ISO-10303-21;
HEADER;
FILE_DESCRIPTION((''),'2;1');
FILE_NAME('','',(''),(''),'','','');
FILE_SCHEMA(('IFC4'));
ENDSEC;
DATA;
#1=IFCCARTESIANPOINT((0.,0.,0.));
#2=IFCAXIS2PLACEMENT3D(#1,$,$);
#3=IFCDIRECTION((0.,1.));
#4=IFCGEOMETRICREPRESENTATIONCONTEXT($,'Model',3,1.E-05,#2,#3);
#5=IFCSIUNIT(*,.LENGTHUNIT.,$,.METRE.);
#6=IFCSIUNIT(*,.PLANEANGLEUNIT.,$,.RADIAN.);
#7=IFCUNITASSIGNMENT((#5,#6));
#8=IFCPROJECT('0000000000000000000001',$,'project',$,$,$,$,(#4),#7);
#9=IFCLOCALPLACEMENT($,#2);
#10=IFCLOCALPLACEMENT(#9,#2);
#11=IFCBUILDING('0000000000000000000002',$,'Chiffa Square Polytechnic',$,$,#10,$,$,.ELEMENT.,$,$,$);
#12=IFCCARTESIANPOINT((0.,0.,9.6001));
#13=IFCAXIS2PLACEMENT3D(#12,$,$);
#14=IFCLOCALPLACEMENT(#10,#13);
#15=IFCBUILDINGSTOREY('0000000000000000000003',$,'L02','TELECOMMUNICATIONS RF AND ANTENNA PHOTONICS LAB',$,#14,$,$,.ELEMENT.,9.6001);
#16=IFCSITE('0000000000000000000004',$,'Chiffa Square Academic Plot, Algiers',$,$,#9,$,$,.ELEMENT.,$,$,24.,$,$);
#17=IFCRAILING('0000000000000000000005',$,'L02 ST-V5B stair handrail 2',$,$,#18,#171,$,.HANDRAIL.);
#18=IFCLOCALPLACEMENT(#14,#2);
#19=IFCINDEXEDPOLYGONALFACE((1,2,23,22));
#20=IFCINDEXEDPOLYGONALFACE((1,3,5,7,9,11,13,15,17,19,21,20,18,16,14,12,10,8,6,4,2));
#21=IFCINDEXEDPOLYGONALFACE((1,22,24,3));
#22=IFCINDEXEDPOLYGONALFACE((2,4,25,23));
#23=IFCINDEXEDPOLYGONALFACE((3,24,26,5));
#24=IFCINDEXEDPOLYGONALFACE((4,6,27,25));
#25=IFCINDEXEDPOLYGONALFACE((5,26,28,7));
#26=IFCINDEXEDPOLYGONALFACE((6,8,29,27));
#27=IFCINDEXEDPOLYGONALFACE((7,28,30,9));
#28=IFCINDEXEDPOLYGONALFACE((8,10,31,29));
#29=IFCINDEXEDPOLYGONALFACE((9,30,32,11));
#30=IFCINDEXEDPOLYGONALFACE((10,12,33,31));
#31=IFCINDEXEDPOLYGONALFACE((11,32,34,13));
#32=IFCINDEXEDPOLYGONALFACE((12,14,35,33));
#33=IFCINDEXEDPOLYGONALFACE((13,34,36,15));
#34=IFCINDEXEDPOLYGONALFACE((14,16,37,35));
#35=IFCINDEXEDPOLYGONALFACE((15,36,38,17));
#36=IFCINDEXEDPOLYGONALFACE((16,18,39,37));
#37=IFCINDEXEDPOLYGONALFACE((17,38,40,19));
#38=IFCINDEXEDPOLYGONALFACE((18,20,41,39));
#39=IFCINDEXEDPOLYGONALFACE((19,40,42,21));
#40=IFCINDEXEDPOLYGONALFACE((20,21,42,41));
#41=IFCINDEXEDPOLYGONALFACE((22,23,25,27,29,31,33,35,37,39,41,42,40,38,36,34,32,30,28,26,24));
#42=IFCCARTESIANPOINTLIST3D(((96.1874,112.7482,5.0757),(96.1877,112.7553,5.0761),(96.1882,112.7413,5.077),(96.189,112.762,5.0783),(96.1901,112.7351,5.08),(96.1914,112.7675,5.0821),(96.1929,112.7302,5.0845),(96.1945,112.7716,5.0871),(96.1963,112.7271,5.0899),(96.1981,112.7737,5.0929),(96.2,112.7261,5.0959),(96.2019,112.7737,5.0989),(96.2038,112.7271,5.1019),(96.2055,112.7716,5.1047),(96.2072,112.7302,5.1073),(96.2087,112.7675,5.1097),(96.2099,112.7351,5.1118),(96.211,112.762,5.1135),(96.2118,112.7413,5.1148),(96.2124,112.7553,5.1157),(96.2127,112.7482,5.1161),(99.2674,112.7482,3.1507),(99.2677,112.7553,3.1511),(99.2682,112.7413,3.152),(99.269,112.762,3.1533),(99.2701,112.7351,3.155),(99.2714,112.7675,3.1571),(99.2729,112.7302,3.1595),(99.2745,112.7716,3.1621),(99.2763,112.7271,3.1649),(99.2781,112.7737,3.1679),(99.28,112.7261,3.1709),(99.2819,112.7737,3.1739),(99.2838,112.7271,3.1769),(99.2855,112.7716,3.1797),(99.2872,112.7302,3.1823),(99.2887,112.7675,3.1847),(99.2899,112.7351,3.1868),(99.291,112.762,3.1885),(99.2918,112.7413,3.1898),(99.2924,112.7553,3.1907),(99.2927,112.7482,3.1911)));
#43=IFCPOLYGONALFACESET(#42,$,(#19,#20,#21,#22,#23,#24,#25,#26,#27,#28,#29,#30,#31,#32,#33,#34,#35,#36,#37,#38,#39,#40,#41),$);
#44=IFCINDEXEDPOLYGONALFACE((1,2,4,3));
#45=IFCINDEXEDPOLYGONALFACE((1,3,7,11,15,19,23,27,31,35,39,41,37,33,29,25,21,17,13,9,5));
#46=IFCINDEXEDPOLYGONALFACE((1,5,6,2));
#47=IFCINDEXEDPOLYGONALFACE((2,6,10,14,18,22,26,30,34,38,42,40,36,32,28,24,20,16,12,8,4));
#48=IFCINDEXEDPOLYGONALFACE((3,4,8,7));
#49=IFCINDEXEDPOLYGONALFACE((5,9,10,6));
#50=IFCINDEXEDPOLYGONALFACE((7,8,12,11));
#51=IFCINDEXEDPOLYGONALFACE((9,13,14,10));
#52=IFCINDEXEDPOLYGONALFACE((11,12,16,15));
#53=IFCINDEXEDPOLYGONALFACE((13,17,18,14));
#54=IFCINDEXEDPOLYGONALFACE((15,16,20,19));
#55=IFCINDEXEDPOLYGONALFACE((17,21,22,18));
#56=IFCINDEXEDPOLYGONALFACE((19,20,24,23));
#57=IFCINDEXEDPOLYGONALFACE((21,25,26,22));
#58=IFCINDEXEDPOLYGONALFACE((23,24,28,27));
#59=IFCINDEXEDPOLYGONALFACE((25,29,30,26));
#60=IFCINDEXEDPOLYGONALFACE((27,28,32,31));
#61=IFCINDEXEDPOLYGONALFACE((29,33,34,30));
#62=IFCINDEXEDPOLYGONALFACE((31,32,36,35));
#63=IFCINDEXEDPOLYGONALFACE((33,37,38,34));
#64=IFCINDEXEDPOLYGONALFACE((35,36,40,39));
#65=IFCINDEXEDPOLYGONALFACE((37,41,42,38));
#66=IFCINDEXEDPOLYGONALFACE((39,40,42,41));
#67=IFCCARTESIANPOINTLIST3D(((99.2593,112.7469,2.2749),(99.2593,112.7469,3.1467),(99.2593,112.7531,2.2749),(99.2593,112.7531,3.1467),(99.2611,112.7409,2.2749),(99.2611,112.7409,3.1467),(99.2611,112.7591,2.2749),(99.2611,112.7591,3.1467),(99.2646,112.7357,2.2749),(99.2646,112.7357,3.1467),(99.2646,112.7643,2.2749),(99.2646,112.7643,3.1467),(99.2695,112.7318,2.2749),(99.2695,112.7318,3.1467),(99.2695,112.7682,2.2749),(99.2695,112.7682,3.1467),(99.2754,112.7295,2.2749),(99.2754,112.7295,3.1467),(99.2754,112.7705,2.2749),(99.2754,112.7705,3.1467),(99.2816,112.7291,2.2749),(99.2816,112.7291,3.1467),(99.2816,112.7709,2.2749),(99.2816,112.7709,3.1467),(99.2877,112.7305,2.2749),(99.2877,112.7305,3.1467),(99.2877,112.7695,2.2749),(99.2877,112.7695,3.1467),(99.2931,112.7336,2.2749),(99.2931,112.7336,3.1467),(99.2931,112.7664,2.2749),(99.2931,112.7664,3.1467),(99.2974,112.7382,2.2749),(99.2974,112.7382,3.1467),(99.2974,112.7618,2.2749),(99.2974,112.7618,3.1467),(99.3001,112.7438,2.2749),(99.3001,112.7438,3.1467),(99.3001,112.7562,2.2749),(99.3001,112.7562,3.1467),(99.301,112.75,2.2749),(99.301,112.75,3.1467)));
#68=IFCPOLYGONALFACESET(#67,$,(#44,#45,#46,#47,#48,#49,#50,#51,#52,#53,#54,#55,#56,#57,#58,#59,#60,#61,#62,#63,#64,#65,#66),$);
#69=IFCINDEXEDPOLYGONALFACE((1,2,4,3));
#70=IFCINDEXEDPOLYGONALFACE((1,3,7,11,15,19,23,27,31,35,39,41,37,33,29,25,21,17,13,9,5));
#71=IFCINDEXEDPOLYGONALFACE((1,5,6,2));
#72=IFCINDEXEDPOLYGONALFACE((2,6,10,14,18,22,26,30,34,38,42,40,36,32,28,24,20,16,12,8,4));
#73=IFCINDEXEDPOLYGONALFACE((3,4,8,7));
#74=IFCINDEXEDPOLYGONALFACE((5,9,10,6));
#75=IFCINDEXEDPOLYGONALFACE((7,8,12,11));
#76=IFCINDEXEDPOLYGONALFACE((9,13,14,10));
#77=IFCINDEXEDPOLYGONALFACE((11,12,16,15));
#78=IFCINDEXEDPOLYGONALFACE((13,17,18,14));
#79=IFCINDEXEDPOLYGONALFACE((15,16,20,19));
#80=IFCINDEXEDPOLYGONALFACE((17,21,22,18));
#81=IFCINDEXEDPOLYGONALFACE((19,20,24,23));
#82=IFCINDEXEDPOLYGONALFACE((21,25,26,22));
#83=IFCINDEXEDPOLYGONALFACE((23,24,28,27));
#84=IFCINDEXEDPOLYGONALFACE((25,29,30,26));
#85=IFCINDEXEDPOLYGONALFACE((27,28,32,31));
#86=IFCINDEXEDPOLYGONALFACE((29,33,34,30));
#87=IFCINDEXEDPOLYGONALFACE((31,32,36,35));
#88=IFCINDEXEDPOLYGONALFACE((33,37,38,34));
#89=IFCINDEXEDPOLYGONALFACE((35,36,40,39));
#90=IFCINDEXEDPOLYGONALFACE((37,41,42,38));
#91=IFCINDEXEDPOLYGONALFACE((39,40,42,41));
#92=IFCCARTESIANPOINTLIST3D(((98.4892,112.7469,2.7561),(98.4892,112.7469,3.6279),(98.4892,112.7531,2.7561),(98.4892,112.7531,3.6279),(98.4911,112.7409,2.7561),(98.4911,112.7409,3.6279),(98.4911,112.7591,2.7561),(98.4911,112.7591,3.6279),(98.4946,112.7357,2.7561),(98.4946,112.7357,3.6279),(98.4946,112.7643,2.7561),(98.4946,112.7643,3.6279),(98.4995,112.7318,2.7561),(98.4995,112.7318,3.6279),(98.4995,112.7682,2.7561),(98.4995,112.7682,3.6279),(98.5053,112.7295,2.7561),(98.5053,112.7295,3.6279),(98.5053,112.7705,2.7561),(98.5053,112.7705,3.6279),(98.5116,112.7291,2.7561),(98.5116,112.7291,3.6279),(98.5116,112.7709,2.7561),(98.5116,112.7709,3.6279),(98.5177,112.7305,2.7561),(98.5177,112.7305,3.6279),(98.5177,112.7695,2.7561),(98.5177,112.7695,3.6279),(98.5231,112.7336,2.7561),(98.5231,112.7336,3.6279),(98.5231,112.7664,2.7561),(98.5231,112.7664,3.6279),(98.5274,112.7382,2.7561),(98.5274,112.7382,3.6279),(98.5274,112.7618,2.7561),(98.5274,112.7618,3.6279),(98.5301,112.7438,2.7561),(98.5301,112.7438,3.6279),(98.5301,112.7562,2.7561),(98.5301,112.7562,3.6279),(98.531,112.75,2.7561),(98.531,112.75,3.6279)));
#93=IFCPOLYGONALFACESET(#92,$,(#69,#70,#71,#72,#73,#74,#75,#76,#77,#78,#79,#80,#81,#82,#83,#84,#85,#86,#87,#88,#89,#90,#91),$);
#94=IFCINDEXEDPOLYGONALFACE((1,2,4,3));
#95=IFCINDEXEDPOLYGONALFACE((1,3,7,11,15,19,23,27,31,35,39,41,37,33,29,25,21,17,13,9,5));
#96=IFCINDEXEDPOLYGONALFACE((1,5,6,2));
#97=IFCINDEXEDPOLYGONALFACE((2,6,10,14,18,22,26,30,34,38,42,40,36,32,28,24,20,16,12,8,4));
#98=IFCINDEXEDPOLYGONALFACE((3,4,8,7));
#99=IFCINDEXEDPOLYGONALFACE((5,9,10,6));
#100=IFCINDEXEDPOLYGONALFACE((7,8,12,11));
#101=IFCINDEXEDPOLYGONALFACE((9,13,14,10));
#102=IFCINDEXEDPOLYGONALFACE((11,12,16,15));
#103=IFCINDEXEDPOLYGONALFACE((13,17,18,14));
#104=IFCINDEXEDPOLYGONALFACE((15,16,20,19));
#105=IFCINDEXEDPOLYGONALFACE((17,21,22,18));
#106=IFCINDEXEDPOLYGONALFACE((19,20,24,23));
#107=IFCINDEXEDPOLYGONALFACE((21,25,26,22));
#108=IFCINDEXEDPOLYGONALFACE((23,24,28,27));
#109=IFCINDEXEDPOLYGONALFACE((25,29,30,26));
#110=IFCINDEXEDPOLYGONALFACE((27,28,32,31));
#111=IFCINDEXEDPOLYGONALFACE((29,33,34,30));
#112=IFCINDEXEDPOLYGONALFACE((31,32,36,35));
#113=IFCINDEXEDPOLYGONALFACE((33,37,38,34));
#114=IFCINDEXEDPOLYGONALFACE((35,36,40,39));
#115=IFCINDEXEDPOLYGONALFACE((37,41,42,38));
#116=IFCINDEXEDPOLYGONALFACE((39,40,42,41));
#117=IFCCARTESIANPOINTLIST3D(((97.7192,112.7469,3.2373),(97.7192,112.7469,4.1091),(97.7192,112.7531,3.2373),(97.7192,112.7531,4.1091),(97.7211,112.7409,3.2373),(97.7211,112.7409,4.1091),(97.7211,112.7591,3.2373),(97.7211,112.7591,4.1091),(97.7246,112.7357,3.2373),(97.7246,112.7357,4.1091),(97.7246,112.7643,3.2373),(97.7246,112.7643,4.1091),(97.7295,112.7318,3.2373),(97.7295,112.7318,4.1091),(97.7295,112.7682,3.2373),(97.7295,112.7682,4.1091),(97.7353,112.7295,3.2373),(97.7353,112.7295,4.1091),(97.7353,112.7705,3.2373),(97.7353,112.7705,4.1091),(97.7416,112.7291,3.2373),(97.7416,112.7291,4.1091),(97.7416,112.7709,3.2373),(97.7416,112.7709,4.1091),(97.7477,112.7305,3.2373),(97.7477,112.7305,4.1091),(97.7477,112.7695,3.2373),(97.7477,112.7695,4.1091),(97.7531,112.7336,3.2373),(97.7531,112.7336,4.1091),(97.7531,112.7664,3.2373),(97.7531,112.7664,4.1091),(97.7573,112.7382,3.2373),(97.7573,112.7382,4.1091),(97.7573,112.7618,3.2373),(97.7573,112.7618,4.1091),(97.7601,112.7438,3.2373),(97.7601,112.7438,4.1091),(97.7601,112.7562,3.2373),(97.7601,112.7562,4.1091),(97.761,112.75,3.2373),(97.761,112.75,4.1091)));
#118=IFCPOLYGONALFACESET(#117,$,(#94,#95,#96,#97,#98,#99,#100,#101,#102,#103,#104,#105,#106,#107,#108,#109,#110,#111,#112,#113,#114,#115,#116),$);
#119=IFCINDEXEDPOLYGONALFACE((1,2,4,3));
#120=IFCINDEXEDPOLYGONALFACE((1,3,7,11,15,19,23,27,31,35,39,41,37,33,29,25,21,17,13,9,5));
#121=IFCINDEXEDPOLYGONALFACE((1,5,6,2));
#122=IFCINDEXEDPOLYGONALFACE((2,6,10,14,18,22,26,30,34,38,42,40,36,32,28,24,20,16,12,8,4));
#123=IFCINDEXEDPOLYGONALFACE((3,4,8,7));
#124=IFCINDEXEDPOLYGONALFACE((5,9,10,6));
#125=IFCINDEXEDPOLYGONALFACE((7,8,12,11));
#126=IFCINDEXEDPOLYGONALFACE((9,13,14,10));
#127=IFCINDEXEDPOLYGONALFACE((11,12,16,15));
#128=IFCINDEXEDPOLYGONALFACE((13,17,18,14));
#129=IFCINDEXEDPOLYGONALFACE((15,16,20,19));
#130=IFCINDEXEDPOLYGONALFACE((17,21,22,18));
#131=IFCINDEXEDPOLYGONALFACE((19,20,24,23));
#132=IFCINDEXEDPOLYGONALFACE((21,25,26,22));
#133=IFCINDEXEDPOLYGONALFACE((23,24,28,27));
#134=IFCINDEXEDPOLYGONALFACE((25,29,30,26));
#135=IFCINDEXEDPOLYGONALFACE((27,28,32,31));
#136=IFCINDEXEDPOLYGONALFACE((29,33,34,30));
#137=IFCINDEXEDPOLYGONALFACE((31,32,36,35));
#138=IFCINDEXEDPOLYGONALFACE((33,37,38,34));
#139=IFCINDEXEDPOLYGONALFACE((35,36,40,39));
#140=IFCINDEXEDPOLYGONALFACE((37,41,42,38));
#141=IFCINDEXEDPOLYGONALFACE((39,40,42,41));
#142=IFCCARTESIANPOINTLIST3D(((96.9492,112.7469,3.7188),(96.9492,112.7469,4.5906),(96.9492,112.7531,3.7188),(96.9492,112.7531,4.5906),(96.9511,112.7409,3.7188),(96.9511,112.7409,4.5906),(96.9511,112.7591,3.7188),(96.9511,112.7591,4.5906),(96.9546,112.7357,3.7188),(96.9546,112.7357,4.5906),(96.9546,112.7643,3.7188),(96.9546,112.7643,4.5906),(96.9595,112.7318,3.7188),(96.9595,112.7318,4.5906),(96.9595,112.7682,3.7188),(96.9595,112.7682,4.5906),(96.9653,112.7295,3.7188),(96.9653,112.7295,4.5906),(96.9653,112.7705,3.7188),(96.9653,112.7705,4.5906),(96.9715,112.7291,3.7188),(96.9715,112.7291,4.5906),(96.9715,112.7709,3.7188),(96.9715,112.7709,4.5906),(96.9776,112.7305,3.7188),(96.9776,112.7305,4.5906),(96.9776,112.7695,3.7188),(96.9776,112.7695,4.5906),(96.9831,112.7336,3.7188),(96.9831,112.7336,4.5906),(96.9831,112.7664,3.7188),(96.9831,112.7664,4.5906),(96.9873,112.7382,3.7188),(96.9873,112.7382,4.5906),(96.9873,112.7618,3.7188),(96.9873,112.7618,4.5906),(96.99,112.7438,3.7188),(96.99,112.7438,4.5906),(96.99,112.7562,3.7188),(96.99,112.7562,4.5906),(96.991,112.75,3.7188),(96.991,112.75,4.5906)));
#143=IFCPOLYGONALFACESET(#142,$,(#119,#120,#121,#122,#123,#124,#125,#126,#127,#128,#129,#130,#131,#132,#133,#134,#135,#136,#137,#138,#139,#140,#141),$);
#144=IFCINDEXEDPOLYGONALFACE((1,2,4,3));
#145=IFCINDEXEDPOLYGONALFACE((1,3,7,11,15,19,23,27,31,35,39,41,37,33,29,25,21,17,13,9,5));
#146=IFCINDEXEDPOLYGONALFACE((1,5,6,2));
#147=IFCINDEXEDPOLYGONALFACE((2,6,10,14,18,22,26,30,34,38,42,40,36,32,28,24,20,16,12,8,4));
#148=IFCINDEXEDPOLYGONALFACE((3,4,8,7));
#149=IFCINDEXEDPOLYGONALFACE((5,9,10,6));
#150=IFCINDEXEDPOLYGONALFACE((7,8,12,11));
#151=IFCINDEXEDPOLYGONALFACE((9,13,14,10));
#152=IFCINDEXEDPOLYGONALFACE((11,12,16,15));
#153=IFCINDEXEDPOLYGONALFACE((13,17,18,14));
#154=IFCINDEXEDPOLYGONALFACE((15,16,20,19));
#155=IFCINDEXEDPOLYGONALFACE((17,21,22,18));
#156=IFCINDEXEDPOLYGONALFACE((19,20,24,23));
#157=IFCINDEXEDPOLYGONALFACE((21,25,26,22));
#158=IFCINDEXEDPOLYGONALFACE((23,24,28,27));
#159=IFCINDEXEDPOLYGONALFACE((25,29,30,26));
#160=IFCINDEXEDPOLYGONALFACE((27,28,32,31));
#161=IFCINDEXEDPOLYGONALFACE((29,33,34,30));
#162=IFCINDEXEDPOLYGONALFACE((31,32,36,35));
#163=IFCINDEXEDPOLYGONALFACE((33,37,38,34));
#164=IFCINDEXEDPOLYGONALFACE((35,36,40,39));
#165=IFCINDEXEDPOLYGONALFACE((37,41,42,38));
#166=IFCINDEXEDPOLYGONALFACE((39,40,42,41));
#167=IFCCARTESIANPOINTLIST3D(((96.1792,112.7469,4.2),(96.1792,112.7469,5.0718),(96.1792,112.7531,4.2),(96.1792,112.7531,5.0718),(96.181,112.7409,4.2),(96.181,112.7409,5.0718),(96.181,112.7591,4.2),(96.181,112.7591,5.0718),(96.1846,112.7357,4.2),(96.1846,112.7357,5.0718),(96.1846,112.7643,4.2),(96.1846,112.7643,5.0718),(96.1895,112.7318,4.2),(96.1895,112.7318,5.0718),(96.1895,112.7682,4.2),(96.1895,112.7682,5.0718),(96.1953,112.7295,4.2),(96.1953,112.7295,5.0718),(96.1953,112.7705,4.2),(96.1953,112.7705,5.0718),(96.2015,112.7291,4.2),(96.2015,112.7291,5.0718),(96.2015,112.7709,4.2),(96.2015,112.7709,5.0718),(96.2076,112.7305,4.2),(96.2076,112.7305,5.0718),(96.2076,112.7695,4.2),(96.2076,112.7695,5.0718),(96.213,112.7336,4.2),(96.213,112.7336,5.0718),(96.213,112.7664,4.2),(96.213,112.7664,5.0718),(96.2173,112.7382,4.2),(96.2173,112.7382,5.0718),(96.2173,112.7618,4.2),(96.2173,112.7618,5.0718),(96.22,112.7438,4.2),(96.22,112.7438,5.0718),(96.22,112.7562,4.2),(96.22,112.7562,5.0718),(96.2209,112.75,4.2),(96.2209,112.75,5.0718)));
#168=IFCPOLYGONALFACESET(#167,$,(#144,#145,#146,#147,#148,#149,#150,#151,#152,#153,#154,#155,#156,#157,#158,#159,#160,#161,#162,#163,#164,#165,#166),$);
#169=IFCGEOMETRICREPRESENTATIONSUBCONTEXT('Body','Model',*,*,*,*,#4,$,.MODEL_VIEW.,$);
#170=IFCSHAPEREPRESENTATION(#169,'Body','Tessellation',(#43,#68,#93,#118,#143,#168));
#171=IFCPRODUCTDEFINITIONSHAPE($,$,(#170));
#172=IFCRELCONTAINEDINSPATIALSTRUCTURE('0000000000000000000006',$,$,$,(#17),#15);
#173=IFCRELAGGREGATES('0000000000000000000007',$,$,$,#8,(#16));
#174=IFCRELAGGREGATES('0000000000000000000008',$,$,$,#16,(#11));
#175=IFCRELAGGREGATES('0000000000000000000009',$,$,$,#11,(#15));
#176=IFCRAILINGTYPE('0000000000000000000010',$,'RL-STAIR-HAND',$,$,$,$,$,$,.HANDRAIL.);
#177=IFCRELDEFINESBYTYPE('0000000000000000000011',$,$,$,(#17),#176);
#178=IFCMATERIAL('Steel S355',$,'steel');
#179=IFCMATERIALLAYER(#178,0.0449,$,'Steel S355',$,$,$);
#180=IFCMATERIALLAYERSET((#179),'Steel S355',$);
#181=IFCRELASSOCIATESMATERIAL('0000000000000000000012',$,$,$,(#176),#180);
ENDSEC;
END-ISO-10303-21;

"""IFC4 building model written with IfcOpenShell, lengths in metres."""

from ifc_helpers import new_model, si_unit, direction, frame, origin, origin_2d, place, context, subcontext, project, spatial, circle, extrude, material, layer, layer_set, type_object, element, save


model = new_model("IFC4")

# Units and contexts
model_context = context("Model", 3, precision=1e-05, world=origin(), true_north=direction((0.0, 1.0)))
body_context = subcontext(model_context, "Body", "Model", "MODEL_VIEW")
ifc_project = project(units=[si_unit("LENGTHUNIT", "METRE"), si_unit("PLANEANGLEUNIT", "RADIAN")], contexts=[model_context])

# Site, building, storey
site_placement = place(None, origin())
site = spatial("IfcSite", under=ifc_project, at=site_placement, Name="Chiffa Square Academic Plot, Algiers", CompositionType="ELEMENT", RefElevation=24.0)
building_placement = place(site_placement, origin())
building = spatial("IfcBuilding", under=site, at=building_placement, Name="Chiffa Square Polytechnic", CompositionType="ELEMENT")
storey_placement = place(building_placement, frame((0.0, 0.0, 9.6001)))
storey = spatial("IfcBuildingStorey", under=building, at=storey_placement, Name="L02", Description="TELECOMMUNICATIONS RF AND ANTENNA PHOTONICS LAB", CompositionType="ELEMENT", Elevation=9.6001)

# Railing
ifc_material_1 = material(Name="Steel S355", Category="steel")
ifc_layer_1 = layer(ifc_material_1, 0.0449, Name="Steel S355")
ifc_layer_set_1 = layer_set([ifc_layer_1], Name="Steel S355")
railing_type = type_object("IfcRailingType", Name="RL-STAIR-HAND", PredefinedType="HANDRAIL", material=ifc_layer_set_1)
railing_placement = place(storey_placement, frame((99.28, 112.75, 2.2749)))
element("IfcRailing", 1, at=railing_placement, inside=storey, type_object=railing_type, Name="L02 ST-V5B stair handrail 2", PredefinedType="HANDRAIL", context=body_context, shape_type="SweptSolid", body=[
    extrude(circle(Radius=0.0239, at=origin_2d()), frame((0.0, 0.0, 0.896), z_axis=(-0.847998, 0.0, 0.529999), x_axis=(0.0, -1.0, 0.0)), (0.0, 0.0, 1.0), 3.6321),
    extrude(circle(Radius=0.021, at=origin_2d()), origin(), (0.0, 0.0, 1.0), 0.8718),
    extrude(circle(Radius=0.021, at=origin_2d()), frame((-0.77, 0.0, 0.4812)), (0.0, 0.0, 1.0), 0.8718),
    extrude(circle(Radius=0.021, at=origin_2d()), frame((-1.54, 0.0, 0.9624)), (0.0, 0.0, 1.0), 0.8718),
    extrude(circle(Radius=0.021, at=origin_2d()), frame((-2.3101, 0.0, 1.4438)), (0.0, 0.0, 1.0), 0.8718),
    extrude(circle(Radius=0.021, at=origin_2d()), frame((-3.0801, 0.0, 1.925)), (0.0, 0.0, 1.0), 0.8718),
])

save(model, "model.ifc")
